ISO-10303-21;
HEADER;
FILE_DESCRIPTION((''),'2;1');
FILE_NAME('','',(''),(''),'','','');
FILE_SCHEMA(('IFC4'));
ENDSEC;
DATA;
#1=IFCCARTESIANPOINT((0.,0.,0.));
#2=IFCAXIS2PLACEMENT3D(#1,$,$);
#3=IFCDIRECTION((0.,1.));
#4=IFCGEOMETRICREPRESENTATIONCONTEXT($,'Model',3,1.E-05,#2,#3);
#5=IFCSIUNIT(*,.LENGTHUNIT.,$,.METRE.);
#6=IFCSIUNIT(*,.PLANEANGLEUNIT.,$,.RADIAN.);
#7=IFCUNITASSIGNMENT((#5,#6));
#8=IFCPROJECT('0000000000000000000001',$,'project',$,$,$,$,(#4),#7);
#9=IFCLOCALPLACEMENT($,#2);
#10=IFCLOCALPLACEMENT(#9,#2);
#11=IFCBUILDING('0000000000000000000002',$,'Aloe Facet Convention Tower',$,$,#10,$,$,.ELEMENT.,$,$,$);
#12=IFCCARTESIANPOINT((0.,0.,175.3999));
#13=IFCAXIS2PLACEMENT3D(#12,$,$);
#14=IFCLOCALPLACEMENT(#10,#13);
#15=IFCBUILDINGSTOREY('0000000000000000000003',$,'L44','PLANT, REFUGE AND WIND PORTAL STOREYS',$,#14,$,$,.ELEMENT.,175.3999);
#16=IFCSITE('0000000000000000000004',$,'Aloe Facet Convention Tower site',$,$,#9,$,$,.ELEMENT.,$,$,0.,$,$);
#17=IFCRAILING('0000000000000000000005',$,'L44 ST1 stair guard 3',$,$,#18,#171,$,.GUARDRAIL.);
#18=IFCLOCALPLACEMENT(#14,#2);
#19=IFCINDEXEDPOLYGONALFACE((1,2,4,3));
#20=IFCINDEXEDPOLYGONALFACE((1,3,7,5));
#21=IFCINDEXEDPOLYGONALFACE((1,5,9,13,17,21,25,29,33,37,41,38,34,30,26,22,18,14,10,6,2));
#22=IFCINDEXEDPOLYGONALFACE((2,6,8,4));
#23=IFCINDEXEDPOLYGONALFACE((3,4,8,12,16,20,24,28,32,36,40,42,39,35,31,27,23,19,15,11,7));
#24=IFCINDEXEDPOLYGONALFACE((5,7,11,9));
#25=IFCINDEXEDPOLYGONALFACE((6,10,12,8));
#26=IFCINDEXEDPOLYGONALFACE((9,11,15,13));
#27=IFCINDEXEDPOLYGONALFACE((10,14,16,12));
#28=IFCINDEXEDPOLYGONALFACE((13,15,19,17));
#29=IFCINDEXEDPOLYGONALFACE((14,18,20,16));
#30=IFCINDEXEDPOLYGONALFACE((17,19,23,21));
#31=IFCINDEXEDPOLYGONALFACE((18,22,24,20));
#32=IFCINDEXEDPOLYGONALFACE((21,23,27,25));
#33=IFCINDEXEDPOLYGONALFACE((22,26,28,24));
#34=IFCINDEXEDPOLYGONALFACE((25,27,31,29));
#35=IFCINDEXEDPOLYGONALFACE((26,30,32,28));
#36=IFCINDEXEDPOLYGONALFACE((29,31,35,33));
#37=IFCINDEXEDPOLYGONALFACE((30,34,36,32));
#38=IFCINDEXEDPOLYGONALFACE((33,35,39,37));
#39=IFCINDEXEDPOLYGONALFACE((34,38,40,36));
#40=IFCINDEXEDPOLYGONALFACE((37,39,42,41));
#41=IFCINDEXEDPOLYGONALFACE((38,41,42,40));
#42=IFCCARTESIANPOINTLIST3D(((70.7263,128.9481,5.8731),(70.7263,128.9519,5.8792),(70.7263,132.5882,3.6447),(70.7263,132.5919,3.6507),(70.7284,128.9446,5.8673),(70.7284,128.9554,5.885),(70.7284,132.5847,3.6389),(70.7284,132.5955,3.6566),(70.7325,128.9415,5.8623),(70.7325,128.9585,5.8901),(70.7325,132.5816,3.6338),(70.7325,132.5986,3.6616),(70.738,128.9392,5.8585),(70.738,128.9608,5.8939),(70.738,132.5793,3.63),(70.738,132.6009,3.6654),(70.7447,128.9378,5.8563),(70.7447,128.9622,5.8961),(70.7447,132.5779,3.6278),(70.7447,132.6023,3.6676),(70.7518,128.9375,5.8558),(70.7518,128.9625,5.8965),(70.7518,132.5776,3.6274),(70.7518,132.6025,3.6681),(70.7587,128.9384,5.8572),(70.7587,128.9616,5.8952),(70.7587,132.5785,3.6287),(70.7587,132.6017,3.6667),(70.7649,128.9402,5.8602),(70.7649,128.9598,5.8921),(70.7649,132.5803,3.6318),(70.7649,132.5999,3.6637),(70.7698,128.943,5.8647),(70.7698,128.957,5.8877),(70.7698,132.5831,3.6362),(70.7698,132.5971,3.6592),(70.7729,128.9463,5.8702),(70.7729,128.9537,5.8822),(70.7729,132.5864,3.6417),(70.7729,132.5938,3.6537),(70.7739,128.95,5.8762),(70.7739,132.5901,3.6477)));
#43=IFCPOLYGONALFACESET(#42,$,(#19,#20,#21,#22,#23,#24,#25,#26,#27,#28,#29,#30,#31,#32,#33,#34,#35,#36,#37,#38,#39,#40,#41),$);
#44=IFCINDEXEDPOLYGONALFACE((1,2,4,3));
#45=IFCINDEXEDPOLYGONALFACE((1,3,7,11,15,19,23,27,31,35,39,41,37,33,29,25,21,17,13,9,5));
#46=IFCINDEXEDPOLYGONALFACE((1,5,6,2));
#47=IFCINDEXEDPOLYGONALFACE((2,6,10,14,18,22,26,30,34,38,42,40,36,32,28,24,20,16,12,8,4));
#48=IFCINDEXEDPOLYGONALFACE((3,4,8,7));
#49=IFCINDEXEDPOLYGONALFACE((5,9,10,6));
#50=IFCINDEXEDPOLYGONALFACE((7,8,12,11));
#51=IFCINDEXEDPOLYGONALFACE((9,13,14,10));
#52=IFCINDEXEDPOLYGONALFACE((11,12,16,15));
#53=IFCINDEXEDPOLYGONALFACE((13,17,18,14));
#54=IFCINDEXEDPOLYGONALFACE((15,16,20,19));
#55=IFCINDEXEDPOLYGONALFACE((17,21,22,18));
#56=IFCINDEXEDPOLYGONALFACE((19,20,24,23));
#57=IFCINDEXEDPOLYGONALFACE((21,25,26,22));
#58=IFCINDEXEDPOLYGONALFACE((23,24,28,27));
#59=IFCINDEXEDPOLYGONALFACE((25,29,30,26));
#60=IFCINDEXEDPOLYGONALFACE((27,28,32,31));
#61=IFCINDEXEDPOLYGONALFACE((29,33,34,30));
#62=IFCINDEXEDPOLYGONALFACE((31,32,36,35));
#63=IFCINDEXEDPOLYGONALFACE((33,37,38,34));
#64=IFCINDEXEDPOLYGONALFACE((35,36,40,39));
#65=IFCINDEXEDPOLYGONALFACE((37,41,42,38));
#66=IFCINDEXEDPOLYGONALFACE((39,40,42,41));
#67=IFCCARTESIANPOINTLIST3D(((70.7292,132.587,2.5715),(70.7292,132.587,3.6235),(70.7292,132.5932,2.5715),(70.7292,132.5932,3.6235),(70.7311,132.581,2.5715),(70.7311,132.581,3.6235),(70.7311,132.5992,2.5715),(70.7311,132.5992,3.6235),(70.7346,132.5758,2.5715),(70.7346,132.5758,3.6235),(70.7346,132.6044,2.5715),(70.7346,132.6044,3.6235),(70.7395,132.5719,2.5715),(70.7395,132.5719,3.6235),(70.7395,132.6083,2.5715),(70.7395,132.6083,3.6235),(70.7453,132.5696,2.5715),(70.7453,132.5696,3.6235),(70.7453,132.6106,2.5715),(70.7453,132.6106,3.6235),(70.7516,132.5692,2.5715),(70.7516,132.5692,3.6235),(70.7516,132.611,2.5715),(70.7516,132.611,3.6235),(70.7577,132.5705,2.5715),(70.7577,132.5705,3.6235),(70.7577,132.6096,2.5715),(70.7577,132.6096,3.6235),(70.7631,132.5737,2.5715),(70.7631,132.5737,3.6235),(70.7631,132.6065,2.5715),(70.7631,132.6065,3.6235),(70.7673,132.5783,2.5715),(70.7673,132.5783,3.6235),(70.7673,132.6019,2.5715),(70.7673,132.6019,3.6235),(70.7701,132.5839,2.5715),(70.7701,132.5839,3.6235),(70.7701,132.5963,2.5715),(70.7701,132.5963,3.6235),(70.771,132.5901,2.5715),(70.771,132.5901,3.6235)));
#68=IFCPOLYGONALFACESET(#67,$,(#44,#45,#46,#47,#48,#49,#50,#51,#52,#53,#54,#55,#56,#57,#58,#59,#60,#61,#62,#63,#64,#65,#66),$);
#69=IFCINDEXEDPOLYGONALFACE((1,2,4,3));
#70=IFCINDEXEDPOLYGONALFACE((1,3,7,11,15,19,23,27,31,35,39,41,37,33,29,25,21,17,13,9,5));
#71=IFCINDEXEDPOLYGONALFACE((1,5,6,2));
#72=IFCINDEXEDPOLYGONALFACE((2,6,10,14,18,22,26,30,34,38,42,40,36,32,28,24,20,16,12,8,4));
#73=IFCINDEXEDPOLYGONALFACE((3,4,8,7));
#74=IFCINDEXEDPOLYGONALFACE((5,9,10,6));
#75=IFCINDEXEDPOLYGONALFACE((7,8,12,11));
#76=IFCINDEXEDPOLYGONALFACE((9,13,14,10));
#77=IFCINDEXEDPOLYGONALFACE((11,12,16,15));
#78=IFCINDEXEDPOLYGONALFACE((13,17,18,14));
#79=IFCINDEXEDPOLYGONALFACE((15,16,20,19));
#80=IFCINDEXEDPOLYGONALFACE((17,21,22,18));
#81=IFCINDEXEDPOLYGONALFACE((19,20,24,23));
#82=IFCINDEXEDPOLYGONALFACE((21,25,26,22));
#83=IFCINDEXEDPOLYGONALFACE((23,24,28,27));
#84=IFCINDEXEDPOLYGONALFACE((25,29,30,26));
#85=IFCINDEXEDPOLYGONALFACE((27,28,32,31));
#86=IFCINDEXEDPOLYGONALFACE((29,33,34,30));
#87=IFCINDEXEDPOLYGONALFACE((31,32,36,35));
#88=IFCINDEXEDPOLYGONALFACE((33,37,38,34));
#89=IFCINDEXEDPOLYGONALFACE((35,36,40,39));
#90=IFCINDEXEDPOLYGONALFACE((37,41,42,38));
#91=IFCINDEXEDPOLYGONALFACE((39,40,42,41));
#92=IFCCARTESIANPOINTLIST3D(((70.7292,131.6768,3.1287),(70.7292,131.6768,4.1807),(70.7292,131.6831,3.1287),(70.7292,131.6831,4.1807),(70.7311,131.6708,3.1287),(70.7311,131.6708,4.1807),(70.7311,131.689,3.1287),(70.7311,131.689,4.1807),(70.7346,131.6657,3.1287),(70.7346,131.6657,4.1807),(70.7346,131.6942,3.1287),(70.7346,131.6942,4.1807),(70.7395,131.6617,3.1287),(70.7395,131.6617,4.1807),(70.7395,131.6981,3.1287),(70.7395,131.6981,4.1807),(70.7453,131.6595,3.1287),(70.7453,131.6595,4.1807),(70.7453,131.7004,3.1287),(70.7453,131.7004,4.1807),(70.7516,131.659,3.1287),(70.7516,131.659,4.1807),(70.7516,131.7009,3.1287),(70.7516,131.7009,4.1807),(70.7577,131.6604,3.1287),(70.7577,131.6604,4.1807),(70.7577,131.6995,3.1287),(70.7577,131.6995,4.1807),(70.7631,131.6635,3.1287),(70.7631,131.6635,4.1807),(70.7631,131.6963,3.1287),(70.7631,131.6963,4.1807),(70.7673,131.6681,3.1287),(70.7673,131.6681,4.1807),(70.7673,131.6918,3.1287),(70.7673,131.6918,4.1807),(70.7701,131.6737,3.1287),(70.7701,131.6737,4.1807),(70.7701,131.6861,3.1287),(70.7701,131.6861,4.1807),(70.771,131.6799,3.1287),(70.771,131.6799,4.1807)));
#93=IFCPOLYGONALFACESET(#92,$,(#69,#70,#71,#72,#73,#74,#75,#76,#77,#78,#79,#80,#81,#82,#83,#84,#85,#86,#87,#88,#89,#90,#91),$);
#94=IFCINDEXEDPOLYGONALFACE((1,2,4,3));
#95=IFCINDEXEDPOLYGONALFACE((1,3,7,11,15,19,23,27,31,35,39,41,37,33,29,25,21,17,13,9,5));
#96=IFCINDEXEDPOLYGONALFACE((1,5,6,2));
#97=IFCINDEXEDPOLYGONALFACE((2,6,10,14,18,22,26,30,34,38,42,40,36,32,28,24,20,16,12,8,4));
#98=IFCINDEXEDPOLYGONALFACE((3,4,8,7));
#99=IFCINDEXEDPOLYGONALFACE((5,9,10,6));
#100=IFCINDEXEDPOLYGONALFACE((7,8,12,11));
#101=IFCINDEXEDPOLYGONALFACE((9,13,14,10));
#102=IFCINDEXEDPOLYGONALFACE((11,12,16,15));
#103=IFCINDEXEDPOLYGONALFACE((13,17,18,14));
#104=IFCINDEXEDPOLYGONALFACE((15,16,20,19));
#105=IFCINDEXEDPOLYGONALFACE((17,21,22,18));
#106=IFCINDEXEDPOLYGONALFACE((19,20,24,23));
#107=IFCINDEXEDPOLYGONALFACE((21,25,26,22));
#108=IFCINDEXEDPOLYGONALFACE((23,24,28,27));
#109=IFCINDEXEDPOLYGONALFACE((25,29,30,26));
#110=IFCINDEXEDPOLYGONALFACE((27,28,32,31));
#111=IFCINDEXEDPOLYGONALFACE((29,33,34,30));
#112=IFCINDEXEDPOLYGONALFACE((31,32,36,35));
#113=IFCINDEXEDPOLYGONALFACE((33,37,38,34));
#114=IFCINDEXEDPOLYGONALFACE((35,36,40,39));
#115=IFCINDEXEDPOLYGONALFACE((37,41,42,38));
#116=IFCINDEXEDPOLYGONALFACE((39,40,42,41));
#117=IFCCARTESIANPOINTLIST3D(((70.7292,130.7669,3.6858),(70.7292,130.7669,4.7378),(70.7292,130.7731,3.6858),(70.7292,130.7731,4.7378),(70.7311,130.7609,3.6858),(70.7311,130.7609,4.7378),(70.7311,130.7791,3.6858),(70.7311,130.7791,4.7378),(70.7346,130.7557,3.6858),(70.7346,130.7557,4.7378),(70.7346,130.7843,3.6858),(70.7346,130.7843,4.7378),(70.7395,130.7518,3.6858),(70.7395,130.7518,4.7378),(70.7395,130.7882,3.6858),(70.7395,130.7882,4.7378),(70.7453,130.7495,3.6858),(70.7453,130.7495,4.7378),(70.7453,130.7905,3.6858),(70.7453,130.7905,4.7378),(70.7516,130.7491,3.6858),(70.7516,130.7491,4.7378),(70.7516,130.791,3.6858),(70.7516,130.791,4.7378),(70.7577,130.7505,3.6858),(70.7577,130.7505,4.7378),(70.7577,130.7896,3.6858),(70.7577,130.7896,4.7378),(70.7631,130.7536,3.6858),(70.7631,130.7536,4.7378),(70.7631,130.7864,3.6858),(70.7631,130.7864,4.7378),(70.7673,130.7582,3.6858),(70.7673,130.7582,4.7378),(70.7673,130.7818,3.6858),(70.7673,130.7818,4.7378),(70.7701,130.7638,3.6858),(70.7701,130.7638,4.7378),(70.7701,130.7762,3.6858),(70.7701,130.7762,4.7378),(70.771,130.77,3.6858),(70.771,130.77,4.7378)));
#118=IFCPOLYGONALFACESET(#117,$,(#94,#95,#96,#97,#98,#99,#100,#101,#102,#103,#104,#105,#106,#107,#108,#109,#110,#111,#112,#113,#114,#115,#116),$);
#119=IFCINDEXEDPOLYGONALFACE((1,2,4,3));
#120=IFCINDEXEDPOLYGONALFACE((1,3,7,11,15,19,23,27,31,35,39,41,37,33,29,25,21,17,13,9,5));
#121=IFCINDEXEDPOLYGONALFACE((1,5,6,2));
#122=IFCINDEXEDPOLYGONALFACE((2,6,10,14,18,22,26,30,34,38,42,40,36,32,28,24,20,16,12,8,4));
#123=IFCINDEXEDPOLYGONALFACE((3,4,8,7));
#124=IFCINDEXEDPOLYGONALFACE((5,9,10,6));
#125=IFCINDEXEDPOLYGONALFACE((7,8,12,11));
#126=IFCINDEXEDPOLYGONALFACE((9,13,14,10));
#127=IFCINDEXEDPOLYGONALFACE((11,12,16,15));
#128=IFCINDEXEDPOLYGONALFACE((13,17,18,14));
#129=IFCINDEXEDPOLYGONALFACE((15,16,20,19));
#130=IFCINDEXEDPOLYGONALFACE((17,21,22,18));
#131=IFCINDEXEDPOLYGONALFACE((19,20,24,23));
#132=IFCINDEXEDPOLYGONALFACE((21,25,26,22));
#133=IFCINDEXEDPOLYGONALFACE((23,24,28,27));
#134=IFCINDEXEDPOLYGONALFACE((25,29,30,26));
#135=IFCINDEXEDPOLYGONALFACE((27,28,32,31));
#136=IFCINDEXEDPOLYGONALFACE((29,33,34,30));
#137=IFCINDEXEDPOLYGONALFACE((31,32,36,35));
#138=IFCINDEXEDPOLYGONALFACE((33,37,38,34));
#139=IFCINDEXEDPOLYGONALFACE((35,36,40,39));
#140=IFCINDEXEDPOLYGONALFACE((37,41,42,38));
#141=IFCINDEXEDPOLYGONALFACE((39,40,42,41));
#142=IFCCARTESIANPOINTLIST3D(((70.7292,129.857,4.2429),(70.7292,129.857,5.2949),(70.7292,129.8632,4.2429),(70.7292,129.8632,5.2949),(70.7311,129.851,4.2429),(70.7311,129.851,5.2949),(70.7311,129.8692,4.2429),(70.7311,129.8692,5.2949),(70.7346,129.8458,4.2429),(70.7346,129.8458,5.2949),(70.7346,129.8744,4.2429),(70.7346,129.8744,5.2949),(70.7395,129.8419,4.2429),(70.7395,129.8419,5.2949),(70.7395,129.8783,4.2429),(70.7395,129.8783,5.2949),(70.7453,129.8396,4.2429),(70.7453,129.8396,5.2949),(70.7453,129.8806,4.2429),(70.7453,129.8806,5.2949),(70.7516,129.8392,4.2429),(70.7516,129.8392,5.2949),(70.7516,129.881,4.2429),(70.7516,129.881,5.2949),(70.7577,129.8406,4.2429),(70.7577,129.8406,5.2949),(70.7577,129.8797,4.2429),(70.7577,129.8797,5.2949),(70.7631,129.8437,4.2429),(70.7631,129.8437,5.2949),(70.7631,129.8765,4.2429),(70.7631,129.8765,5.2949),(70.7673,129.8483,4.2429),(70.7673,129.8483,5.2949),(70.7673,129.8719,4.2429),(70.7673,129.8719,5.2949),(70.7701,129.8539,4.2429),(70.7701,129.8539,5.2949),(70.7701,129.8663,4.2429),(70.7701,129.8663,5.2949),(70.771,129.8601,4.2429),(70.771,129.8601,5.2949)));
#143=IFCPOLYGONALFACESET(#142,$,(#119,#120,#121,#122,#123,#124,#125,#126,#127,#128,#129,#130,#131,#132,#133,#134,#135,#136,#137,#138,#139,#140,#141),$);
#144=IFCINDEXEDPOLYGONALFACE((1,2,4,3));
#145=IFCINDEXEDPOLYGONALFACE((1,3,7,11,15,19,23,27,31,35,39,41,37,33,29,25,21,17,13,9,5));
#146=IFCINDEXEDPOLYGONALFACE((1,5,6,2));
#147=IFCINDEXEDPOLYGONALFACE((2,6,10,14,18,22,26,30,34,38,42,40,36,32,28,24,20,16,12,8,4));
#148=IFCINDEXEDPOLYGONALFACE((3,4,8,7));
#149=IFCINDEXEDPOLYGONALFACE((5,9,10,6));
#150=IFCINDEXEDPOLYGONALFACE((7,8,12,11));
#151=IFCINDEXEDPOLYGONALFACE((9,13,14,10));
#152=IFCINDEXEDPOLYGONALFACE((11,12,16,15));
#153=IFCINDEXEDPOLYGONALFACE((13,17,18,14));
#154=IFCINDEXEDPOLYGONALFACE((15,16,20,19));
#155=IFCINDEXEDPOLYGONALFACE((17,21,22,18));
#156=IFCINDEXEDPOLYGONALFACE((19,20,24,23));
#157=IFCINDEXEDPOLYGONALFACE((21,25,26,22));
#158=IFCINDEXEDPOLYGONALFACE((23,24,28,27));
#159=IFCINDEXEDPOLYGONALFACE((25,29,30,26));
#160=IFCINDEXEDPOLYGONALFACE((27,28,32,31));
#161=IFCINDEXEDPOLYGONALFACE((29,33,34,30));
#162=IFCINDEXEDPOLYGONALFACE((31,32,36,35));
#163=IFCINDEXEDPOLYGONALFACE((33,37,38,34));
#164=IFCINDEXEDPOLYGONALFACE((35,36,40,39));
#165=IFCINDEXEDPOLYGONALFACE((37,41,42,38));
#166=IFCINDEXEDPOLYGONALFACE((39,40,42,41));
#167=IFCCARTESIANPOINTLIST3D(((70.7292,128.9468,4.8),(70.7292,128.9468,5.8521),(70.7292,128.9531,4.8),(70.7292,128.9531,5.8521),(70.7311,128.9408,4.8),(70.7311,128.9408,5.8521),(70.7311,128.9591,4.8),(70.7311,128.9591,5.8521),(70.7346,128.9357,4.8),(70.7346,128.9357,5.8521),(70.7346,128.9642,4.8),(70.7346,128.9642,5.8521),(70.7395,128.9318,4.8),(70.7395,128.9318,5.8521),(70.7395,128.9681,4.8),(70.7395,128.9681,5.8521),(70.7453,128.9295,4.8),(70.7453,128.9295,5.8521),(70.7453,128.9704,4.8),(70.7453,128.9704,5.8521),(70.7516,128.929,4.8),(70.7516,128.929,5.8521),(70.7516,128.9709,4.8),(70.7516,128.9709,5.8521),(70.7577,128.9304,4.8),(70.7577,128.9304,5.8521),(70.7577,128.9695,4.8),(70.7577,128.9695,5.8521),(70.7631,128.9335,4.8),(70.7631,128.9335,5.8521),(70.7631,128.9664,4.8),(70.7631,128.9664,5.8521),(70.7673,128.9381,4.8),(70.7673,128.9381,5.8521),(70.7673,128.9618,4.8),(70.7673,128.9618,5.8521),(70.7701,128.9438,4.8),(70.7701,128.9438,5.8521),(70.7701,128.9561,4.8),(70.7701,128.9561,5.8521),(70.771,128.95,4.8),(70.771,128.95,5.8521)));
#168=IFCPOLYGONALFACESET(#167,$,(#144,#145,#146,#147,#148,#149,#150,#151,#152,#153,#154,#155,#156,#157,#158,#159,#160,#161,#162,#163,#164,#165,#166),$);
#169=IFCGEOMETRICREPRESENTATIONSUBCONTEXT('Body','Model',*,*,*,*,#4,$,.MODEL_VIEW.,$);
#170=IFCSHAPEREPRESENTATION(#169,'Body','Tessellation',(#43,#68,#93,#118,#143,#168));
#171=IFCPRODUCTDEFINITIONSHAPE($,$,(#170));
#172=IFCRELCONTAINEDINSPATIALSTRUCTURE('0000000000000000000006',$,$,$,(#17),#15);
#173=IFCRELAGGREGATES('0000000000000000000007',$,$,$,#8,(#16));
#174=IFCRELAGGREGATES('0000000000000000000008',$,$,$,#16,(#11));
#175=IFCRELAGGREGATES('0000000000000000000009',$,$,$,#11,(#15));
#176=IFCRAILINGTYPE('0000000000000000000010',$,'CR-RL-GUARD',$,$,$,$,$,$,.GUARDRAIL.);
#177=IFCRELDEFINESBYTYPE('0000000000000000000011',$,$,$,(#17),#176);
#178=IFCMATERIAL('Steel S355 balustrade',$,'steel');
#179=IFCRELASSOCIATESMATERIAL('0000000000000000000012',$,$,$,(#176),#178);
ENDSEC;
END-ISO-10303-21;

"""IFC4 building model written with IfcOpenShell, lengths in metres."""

from ifc_helpers import new_model, si_unit, direction, frame, origin, origin_2d, place, context, subcontext, project, spatial, circle, extrude, material, type_object, element, save


model = new_model("IFC4")

# Units and contexts
model_context = context("Model", 3, precision=1e-05, world=origin(), true_north=direction((0.0, 1.0)))
body_context = subcontext(model_context, "Body", "Model", "MODEL_VIEW")
ifc_project = project(units=[si_unit("LENGTHUNIT", "METRE"), si_unit("PLANEANGLEUNIT", "RADIAN")], contexts=[model_context])

# Site, building, storey
site_placement = place(None, origin())
site = spatial("IfcSite", under=ifc_project, at=site_placement, Name="Aloe Facet Convention Tower site", CompositionType="ELEMENT", RefElevation=0.0)
building_placement = place(site_placement, origin())
building = spatial("IfcBuilding", under=site, at=building_placement, Name="Aloe Facet Convention Tower", CompositionType="ELEMENT")
storey_placement = place(building_placement, frame((0.0, 0.0, 175.3999)))
storey = spatial("IfcBuildingStorey", under=building, at=storey_placement, Name="L44", Description="PLANT, REFUGE AND WIND PORTAL STOREYS", CompositionType="ELEMENT", Elevation=175.3999)

# Railing
ifc_material_1 = material(Name="Steel S355 balustrade", Category="steel")
railing_type_1 = type_object("IfcRailingType", Name="CR-RL-GUARD", PredefinedType="GUARDRAIL", material=ifc_material_1)
railing_1_placement = place(storey_placement, frame((70.75, 132.5901, 2.5715)))
element("IfcRailing", 1, at=railing_1_placement, inside=storey, type_object=railing_type_1, Name="L44 ST1 stair guard 3", PredefinedType="GUARDRAIL", context=body_context, shape_type="SweptSolid", body=[
    extrude(circle(Radius=0.0239, at=origin_2d()), frame((0.0, 0.0, 1.0762), z_axis=(0.0, -0.852866, 0.52213), x_axis=(1.0, 0.0, 0.0)), (0.0, 0.0, 1.0), 4.2681),
    extrude(circle(Radius=0.021, at=origin_2d()), origin(), (0.0, 0.0, 1.0), 1.052),
    extrude(circle(Radius=0.021, at=origin_2d()), frame((0.0, -0.9102, 0.5571)), (0.0, 0.0, 1.0), 1.052),
    extrude(circle(Radius=0.021, at=origin_2d()), frame((0.0, -1.8201, 1.1143)), (0.0, 0.0, 1.0), 1.052),
    extrude(circle(Radius=0.021, at=origin_2d()), frame((0.0, -2.73, 1.6714)), (0.0, 0.0, 1.0), 1.052),
    extrude(circle(Radius=0.021, at=origin_2d()), frame((0.0, -3.6401, 2.2285)), (0.0, 0.0, 1.0), 1.052),
])

save(model, "model.ifc")
